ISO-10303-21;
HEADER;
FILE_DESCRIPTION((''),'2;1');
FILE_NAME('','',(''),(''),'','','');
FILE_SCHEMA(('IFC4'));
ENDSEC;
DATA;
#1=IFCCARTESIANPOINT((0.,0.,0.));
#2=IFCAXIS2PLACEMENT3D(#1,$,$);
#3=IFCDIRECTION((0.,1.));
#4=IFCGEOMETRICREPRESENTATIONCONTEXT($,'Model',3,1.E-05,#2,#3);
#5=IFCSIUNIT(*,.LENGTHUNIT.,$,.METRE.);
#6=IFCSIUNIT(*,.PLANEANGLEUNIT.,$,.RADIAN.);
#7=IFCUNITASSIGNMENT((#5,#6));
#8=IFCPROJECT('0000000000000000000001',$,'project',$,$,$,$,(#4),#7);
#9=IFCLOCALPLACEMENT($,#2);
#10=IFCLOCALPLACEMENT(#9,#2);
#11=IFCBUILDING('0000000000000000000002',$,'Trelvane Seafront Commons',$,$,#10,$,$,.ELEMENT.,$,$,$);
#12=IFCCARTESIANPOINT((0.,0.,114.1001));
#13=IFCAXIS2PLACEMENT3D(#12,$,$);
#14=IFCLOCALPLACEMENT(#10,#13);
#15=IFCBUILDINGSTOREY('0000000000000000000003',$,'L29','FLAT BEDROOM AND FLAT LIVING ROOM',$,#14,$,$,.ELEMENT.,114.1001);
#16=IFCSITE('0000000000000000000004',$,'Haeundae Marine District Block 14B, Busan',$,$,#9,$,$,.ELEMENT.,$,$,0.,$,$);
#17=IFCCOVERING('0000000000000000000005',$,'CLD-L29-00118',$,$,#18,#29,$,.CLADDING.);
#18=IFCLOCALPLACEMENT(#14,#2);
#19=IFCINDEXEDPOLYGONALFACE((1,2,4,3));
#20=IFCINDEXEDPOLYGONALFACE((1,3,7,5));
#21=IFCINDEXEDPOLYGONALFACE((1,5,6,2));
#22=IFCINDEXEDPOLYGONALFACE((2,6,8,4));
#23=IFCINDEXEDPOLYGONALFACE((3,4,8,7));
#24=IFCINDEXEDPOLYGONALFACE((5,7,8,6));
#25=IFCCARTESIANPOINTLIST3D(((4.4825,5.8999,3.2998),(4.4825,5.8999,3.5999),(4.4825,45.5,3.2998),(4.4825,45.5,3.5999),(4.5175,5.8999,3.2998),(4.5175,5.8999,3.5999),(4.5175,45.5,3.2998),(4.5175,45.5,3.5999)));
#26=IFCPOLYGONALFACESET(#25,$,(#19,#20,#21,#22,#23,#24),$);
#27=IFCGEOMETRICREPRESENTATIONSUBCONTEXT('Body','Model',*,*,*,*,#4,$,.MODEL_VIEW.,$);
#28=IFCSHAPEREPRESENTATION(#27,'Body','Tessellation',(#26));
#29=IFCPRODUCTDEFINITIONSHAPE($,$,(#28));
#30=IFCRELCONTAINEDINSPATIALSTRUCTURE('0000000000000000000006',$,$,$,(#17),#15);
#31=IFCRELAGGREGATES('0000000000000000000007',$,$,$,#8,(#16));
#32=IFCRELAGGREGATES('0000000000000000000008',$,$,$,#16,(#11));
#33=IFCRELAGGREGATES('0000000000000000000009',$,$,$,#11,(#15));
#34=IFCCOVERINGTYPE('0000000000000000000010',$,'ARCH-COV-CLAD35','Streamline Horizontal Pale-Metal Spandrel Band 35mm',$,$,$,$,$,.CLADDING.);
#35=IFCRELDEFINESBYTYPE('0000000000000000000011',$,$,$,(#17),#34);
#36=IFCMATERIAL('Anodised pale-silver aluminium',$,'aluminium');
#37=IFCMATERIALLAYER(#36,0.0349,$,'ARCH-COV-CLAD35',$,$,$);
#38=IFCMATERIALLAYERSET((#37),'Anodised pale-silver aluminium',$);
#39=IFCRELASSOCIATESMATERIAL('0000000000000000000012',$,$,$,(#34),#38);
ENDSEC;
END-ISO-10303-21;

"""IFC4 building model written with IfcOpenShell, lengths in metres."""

from ifc_helpers import new_model, si_unit, direction, frame, origin, origin_2d, place, context, subcontext, project, spatial, rectangle, extrude, source, transform, mapped, material, layer, layer_set, type_object, element, save


model = new_model("IFC4")

# Units and contexts
model_context = context("Model", 3, precision=1e-05, world=origin(), true_north=direction((0.0, 1.0)))
body_context = subcontext(model_context, "Body", "Model", "MODEL_VIEW")
ifc_project = project(units=[si_unit("LENGTHUNIT", "METRE"), si_unit("PLANEANGLEUNIT", "RADIAN")], contexts=[model_context])

# Site, building, storey
site_placement = place(None, origin())
site = spatial("IfcSite", under=ifc_project, at=site_placement, Name="Haeundae Marine District Block 14B, Busan", CompositionType="ELEMENT", RefElevation=0.0)
building_placement = place(site_placement, origin())
building = spatial("IfcBuilding", under=site, at=building_placement, Name="Trelvane Seafront Commons", CompositionType="ELEMENT")
storey_placement = place(building_placement, frame((0.0, 0.0, 114.1001)))
storey = spatial("IfcBuildingStorey", under=building, at=storey_placement, Name="L29", Description="FLAT BEDROOM AND FLAT LIVING ROOM", CompositionType="ELEMENT", Elevation=114.1001)

# Covering
ifc_material_1 = material(Name="Anodised pale-silver aluminium", Category="aluminium")
ifc_layer_1 = layer(ifc_material_1, 0.0349, Name="ARCH-COV-CLAD35")
ifc_layer_set_1 = layer_set([ifc_layer_1], Name="Anodised pale-silver aluminium")
covering_type = type_object("IfcCoveringType", Name="ARCH-COV-CLAD35", Description="Streamline Horizontal Pale-Metal Spandrel Band 35mm", PredefinedType="CLADDING", material=ifc_layer_set_1)
shared_shape_1 = source(origin(), body_context, "Body", "SweptSolid", [
    extrude(rectangle(XDim=39.6001, YDim=0.0349, at=origin_2d()), origin(), (0.0, 0.0, 1.0), 0.3),
])
covering_placement = place(storey_placement, frame((4.5, 25.7, 3.2998), z_axis=(0.0, 0.0, 1.0), x_axis=(0.0, 1.0, 0.0)))
element("IfcCovering", 1, at=covering_placement, inside=storey, type_object=covering_type, Name="CLD-L29-00118", PredefinedType="CLADDING", context=body_context, shape_type="MappedRepresentation", body=[
    mapped(shared_shape_1, transform((0.0, 0.0, 0.0), x_axis=(1.0, 0.0, 0.0), y_axis=(0.0, 1.0, 0.0), z_axis=(0.0, 0.0, 1.0), scale=1.0)),
])

save(model, "model.ifc")
